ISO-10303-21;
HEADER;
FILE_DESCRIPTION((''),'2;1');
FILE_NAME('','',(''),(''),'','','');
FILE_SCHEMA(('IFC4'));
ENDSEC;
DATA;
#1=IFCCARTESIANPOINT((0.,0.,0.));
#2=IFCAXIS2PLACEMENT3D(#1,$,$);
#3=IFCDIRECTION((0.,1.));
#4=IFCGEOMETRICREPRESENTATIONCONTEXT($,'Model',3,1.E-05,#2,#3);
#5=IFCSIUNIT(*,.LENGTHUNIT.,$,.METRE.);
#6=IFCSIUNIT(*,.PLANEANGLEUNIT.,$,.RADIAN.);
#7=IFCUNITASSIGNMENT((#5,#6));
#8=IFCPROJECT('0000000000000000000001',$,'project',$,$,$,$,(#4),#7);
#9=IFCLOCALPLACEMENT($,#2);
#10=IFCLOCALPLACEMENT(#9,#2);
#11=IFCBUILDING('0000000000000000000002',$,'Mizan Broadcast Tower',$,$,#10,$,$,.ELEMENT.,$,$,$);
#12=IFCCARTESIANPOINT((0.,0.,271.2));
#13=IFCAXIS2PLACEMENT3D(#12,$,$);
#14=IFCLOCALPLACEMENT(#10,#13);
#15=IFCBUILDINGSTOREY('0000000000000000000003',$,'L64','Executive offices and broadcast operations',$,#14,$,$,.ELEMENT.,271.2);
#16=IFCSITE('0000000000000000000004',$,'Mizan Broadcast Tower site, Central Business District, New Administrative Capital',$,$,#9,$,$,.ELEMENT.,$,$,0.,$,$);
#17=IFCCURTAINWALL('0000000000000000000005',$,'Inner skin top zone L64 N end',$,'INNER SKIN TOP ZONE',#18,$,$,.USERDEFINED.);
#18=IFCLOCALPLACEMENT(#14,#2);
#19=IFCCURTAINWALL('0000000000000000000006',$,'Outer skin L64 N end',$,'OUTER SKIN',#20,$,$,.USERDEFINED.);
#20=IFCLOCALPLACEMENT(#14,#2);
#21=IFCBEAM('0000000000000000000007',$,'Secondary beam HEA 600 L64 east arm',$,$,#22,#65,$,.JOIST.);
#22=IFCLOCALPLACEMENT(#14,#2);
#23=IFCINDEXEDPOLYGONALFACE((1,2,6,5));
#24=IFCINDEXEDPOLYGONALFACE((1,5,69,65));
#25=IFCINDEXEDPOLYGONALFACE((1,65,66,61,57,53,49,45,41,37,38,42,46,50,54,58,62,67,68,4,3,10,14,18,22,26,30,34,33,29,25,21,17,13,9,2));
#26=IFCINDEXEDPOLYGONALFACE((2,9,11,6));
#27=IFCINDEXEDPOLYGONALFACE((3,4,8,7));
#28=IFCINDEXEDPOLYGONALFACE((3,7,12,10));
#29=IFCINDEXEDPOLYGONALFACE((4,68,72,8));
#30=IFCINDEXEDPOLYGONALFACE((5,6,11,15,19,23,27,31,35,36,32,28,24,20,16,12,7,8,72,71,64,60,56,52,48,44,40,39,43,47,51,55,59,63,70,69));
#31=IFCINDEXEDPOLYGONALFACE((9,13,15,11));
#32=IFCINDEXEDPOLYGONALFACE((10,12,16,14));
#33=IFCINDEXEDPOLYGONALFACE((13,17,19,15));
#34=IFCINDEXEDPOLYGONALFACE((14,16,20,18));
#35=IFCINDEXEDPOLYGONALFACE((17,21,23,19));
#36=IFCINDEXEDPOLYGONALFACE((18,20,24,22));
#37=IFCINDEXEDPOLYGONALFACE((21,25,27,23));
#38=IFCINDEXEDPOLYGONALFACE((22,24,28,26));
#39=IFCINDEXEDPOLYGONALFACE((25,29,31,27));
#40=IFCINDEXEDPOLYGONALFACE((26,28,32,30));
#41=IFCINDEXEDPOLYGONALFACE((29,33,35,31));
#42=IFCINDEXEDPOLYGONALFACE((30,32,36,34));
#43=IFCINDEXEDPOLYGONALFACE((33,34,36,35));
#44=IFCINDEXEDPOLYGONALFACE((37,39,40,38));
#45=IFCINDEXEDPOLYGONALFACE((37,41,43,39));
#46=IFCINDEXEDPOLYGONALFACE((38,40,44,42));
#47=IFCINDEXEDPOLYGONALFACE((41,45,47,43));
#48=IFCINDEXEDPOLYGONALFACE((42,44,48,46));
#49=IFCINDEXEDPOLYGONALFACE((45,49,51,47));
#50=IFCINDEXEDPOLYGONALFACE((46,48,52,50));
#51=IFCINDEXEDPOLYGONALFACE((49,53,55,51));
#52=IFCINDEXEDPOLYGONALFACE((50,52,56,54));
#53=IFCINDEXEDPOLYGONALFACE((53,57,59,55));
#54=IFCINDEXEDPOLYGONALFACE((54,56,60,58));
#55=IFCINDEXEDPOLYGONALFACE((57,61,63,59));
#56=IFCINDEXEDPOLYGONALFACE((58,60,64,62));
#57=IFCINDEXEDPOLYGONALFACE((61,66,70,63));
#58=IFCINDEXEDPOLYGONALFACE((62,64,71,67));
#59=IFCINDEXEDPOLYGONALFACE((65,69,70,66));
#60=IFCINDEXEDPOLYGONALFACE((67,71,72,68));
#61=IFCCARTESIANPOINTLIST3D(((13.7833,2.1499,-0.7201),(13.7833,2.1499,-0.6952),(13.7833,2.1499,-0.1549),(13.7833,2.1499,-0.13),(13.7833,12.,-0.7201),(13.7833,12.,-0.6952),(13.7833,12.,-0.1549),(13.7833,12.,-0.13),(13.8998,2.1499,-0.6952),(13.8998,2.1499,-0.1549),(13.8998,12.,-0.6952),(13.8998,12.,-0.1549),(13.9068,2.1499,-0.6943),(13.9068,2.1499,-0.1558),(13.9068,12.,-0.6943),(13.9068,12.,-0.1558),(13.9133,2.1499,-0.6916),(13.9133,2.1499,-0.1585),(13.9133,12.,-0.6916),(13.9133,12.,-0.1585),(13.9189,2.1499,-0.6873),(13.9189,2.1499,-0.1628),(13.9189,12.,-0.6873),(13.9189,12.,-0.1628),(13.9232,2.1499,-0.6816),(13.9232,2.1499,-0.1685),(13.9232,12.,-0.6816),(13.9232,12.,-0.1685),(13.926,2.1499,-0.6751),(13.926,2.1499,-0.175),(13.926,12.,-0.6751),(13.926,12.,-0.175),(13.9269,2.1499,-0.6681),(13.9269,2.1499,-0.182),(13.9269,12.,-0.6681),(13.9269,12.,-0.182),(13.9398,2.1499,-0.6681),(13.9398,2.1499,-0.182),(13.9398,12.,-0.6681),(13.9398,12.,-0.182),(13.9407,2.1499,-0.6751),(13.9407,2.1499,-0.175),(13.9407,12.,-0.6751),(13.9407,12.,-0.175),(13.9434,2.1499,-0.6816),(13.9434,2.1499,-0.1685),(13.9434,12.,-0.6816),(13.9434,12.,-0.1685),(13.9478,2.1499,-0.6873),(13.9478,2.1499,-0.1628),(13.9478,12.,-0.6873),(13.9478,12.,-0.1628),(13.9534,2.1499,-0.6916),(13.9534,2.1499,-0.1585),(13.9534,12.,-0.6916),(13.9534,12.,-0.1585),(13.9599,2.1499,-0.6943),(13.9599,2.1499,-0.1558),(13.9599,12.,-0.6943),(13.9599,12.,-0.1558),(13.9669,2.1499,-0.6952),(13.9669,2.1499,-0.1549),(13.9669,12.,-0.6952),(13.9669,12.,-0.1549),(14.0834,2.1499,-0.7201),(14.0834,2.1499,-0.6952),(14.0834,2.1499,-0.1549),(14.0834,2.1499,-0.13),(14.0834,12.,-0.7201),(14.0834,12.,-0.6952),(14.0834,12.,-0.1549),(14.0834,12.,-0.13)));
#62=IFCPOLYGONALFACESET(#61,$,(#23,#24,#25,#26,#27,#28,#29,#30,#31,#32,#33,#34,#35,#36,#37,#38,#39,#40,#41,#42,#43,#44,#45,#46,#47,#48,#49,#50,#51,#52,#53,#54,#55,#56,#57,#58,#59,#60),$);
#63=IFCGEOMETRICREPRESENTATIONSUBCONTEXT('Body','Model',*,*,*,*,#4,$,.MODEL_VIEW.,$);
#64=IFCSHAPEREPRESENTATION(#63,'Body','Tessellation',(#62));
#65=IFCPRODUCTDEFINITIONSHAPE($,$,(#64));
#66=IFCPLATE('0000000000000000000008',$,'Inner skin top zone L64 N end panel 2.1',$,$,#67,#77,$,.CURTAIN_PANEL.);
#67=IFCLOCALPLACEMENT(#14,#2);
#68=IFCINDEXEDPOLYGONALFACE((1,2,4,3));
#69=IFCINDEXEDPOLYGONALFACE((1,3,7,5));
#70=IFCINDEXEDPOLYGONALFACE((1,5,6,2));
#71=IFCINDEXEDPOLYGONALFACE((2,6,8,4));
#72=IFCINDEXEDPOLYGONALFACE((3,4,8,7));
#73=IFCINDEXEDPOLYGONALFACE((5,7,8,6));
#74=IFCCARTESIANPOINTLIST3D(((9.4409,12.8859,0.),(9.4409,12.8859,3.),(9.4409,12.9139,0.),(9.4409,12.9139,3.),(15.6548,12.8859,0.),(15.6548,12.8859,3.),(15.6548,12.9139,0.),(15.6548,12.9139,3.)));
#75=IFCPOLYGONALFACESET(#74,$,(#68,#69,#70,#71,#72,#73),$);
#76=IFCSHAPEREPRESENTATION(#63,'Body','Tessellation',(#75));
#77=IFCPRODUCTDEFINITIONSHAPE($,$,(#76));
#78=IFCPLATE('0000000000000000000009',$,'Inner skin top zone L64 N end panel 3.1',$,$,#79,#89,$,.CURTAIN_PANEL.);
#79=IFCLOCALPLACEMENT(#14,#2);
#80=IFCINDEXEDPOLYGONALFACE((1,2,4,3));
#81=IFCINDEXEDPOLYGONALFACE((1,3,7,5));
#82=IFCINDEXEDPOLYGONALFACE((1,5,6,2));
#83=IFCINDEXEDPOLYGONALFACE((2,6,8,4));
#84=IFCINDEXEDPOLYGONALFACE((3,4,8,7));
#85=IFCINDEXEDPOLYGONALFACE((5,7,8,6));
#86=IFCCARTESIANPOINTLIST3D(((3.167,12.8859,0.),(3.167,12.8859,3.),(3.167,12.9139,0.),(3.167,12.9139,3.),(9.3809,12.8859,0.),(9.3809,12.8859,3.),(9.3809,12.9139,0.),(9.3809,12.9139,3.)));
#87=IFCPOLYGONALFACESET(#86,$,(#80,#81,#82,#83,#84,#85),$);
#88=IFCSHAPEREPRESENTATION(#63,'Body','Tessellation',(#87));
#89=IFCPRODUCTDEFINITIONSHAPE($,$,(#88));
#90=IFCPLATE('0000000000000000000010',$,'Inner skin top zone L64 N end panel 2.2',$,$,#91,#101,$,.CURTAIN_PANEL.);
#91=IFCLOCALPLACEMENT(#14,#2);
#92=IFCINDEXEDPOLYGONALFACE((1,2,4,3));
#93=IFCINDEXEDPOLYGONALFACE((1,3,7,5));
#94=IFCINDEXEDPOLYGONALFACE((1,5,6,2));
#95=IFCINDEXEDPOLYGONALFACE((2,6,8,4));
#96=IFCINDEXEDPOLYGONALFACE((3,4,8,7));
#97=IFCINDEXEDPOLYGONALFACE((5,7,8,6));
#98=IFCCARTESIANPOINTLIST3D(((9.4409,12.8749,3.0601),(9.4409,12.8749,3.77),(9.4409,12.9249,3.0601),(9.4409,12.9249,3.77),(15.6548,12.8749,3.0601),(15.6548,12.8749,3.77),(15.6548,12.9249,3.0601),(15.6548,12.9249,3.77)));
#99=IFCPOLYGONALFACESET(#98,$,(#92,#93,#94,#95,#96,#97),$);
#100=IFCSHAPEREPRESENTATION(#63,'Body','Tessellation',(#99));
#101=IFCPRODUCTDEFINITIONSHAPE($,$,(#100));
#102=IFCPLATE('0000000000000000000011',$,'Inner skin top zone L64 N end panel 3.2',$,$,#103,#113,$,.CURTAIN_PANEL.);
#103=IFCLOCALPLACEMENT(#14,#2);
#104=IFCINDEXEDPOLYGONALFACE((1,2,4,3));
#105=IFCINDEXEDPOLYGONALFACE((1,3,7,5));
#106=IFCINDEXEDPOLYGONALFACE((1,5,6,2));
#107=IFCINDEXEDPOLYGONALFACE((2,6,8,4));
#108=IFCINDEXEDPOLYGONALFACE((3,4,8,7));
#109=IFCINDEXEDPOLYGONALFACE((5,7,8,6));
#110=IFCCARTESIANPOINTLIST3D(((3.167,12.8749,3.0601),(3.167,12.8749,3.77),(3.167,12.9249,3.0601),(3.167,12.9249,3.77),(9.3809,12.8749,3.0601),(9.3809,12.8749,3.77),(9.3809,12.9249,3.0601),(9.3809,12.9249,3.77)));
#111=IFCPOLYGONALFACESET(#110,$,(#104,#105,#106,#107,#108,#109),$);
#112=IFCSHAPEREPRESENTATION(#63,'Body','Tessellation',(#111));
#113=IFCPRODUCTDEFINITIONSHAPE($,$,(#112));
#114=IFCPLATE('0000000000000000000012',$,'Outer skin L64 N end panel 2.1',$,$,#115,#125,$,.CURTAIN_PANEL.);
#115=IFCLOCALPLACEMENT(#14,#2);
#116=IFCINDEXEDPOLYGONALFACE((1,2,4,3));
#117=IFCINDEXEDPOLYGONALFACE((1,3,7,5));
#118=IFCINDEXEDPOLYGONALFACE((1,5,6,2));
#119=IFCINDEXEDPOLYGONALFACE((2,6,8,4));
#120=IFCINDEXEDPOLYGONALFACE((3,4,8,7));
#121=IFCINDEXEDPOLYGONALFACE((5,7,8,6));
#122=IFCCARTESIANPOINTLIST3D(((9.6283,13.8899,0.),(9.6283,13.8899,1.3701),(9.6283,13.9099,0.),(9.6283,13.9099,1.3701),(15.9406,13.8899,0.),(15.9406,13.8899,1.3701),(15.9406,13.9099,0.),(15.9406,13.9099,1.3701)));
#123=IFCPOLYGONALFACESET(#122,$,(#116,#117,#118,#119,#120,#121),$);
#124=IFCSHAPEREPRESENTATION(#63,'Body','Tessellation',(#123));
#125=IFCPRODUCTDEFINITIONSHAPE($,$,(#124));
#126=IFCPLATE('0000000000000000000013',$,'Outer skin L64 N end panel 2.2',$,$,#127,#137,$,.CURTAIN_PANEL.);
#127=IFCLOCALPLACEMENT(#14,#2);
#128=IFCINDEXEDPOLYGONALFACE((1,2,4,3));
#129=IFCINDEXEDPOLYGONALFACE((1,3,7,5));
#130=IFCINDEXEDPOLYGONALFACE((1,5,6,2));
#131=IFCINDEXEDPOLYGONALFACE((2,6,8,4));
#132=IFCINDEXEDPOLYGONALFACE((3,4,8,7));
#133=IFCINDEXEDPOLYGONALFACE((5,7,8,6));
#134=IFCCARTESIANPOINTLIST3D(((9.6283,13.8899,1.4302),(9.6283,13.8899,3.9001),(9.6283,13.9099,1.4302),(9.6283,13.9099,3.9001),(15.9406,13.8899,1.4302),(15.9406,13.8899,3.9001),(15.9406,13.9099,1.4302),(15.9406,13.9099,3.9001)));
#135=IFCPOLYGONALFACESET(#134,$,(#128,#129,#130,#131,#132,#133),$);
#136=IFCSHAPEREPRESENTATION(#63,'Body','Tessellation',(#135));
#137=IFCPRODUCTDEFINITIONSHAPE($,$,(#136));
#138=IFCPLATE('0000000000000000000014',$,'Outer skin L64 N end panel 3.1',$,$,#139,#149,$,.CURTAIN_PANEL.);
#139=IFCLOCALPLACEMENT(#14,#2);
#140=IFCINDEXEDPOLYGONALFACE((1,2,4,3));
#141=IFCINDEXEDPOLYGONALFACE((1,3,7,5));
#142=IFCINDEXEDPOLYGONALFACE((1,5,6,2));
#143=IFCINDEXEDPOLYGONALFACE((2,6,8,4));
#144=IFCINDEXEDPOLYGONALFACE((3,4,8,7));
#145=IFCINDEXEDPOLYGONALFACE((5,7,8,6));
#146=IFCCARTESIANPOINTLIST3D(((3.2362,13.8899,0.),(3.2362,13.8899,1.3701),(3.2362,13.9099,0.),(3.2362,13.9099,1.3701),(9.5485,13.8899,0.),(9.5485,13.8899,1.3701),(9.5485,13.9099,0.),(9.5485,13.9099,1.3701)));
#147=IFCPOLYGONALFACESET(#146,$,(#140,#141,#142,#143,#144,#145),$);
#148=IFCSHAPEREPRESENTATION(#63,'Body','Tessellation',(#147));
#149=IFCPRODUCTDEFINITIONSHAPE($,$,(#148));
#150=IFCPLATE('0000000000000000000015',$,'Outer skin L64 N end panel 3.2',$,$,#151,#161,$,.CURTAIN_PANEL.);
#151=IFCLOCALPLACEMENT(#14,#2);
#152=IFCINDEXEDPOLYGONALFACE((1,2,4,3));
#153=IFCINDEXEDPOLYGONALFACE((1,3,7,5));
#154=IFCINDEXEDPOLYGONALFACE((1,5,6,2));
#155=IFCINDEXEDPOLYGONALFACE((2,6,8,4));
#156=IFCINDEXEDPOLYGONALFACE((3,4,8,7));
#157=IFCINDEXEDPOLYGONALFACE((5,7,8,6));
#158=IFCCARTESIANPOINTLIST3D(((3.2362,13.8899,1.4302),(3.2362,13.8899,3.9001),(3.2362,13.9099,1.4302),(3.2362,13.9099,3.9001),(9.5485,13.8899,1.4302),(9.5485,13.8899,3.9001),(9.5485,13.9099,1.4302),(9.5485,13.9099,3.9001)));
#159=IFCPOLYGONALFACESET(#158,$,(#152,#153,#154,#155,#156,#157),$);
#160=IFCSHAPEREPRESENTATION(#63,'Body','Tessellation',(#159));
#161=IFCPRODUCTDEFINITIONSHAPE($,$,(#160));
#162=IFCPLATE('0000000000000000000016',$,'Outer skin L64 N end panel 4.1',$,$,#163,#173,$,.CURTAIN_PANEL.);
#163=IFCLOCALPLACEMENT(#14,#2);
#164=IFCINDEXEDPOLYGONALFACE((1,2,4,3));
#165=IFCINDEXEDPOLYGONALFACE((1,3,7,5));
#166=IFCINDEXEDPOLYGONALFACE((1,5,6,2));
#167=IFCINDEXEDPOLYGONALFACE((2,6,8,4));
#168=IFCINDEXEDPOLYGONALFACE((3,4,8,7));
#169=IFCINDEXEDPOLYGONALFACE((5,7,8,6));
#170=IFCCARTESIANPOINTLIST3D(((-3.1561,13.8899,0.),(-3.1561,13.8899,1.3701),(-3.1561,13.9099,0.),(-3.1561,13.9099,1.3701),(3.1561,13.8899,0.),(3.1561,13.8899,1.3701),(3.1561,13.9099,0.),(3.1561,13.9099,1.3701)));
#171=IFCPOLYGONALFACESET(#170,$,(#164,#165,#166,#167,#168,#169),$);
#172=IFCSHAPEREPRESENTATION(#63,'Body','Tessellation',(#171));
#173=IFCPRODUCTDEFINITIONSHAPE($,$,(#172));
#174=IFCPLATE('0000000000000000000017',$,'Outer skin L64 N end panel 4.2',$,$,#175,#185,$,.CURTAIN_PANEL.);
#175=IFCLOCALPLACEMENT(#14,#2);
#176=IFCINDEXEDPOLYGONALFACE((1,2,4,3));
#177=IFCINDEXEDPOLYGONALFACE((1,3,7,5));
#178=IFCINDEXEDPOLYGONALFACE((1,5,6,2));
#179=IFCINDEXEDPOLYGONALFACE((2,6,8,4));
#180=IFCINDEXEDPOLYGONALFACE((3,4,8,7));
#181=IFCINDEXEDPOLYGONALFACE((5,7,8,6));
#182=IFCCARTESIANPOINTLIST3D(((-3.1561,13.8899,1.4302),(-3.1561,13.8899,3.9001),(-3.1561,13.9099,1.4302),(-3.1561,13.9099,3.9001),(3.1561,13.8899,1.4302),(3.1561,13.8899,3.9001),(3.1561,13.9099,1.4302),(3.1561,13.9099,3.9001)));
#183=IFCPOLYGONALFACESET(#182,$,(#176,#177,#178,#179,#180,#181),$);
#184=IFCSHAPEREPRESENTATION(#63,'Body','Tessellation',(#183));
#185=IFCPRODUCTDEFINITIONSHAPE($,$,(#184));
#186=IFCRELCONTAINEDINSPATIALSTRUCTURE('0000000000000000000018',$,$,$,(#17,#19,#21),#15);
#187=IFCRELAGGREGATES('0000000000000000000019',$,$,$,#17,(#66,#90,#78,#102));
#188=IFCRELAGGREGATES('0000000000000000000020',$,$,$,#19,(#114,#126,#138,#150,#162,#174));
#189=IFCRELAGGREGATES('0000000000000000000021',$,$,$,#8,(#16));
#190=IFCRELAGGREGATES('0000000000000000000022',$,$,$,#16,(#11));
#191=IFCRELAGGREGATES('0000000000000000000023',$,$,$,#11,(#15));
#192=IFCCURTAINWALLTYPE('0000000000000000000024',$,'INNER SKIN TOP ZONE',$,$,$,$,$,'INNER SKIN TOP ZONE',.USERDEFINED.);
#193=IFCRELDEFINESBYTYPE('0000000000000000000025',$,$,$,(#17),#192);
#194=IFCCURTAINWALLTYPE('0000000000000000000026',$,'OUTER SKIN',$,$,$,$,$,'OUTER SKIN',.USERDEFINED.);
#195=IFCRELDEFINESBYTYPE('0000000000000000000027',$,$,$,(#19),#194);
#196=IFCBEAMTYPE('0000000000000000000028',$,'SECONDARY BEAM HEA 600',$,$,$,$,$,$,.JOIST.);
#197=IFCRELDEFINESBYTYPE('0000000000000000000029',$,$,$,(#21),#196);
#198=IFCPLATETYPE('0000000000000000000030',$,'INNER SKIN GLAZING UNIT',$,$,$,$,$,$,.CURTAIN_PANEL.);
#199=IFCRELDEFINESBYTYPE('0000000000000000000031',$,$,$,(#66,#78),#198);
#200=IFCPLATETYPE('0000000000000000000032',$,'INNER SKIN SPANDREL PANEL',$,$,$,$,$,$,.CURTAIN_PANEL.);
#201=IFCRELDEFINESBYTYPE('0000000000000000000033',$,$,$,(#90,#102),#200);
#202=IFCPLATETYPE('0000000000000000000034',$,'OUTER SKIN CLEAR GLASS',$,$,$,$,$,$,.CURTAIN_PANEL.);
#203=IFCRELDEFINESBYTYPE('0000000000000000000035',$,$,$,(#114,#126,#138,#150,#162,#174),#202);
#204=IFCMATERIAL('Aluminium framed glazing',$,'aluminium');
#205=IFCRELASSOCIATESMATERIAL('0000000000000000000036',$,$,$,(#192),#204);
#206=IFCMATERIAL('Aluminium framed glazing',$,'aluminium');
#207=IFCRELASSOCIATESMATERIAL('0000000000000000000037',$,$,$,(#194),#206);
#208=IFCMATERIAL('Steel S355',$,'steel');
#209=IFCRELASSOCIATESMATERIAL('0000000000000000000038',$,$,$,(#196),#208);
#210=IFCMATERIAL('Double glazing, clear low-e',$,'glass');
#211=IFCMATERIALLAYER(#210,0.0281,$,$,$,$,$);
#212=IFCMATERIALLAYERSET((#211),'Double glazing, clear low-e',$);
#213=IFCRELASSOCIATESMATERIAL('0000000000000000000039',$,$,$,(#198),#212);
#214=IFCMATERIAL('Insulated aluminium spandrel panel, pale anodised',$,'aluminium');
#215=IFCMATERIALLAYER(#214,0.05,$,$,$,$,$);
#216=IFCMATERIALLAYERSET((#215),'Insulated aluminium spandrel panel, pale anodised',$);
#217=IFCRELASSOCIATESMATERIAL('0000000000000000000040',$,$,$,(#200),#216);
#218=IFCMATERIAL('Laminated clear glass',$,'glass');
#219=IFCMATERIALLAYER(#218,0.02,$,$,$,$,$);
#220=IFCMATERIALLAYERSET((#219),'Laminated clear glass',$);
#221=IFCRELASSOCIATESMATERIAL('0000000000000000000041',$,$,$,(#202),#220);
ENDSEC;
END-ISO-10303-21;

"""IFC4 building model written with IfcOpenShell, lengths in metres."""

from ifc_helpers import new_model, si_unit, direction, frame, origin, origin_2d, place, context, subcontext, project, spatial, rectangle, i_section, extrude, material, layer, layer_set, material_profile, profile_set, type_object, element, aggregate, save


model = new_model("IFC4")

# Units and contexts
model_context = context("Model", 3, precision=1e-05, world=origin(), true_north=direction((0.0, 1.0)))
body_context = subcontext(model_context, "Body", "Model", "MODEL_VIEW")
ifc_project = project(units=[si_unit("LENGTHUNIT", "METRE"), si_unit("PLANEANGLEUNIT", "RADIAN")], contexts=[model_context])

# Site, building, storey
site_placement = place(None, origin())
site = spatial("IfcSite", under=ifc_project, at=site_placement, Name="Mizan Broadcast Tower site, Central Business District, New Administrative Capital", CompositionType="ELEMENT", RefElevation=0.0)
building_placement = place(site_placement, origin())
building = spatial("IfcBuilding", under=site, at=building_placement, Name="Mizan Broadcast Tower", CompositionType="ELEMENT")
storey_placement = place(building_placement, frame((0.0, 0.0, 271.2)))
storey = spatial("IfcBuildingStorey", under=building, at=storey_placement, Name="L64", Description="Executive offices and broadcast operations", CompositionType="ELEMENT", Elevation=271.2)

# Curtain walls
ifc_material_1 = material(Name="Aluminium framed glazing", Category="aluminium")
curtain_wall_type_1 = type_object("IfcCurtainWallType", Name="INNER SKIN TOP ZONE", ElementType="INNER SKIN TOP ZONE", PredefinedType="USERDEFINED", material=ifc_material_1)
curtain_wall_1_placement = place(storey_placement, origin())
curtain_wall_1 = element("IfcCurtainWall", 1, at=curtain_wall_1_placement, inside=storey, type_object=curtain_wall_type_1, Name="Inner skin top zone L64 N end", ObjectType="INNER SKIN TOP ZONE", PredefinedType="USERDEFINED")
ifc_material_2 = material(Name="Aluminium framed glazing", Category="aluminium")
curtain_wall_type_2 = type_object("IfcCurtainWallType", Name="OUTER SKIN", ElementType="OUTER SKIN", PredefinedType="USERDEFINED", material=ifc_material_2)
curtain_wall_2_placement = place(storey_placement, origin())
curtain_wall_2 = element("IfcCurtainWall", 2, at=curtain_wall_2_placement, inside=storey, type_object=curtain_wall_type_2, Name="Outer skin L64 N end", ObjectType="OUTER SKIN", PredefinedType="USERDEFINED")

# Beam
ifc_material_3 = material(Name="Steel S355", Category="steel")
ifc_material_profile_1 = material_profile(ifc_material_3, i_section(OverallWidth=0.3, OverallDepth=0.5901, WebThickness=0.0129, FlangeThickness=0.0249, FilletRadius=0.0271, at=origin_2d()), Name="HEA 600")
ifc_profile_set_1 = profile_set([ifc_material_profile_1], Name="Steel S355")
beam_type_1 = type_object("IfcBeamType", Name="SECONDARY BEAM HEA 600", PredefinedType="JOIST", material=ifc_profile_set_1)
beam_1_placement = place(storey_placement, frame((13.9333, 12.0, -0.425), z_axis=(0.0, -1.0, 0.0), x_axis=(1.0, 0.0, 0.0)))
element("IfcBeam", 3, at=beam_1_placement, inside=storey, type_object=beam_type_1, Name="Secondary beam HEA 600 L64 east arm", PredefinedType="JOIST", context=body_context, shape_type="SweptSolid", body=[
    extrude(i_section(OverallWidth=0.3, OverallDepth=0.5901, WebThickness=0.0129, FlangeThickness=0.0249, FilletRadius=0.0271, at=origin_2d()), origin(), (0.0, 0.0, 1.0), 9.8501),
])

# Plates
ifc_material_4 = material(Name="Double glazing, clear low-e", Category="glass")
ifc_layer_1 = layer(ifc_material_4, 0.0281)
ifc_layer_set_1 = layer_set([ifc_layer_1], Name="Double glazing, clear low-e")
plate_type_1 = type_object("IfcPlateType", Name="INNER SKIN GLAZING UNIT", PredefinedType="CURTAIN_PANEL", material=ifc_layer_set_1)
plate_1_placement = place(storey_placement, frame((12.5479, 12.8999, 0.0), z_axis=(0.0, 0.0, 1.0), x_axis=(-1.0, 0.0, 0.0)))
plate_1 = element("IfcPlate", 4, at=plate_1_placement, type_object=plate_type_1, Name="Inner skin top zone L64 N end panel 2.1", PredefinedType="CURTAIN_PANEL", context=body_context, shape_type="SweptSolid", body=[
    extrude(rectangle(XDim=6.2139, YDim=0.0281, at=origin_2d()), origin(), (0.0, 0.0, 1.0), 3.0),
])
plate_2_placement = place(storey_placement, frame((6.2739, 12.8999, 0.0), z_axis=(0.0, 0.0, 1.0), x_axis=(-1.0, 0.0, 0.0)))
plate_2 = element("IfcPlate", 5, at=plate_2_placement, type_object=plate_type_1, Name="Inner skin top zone L64 N end panel 3.1", PredefinedType="CURTAIN_PANEL", context=body_context, shape_type="SweptSolid", body=[
    extrude(rectangle(XDim=6.2139, YDim=0.0281, at=origin_2d()), origin(), (0.0, 0.0, 1.0), 3.0),
])
ifc_material_5 = material(Name="Insulated aluminium spandrel panel, pale anodised", Category="aluminium")
ifc_layer_2 = layer(ifc_material_5, 0.05)
ifc_layer_set_2 = layer_set([ifc_layer_2], Name="Insulated aluminium spandrel panel, pale anodised")
plate_type_2 = type_object("IfcPlateType", Name="INNER SKIN SPANDREL PANEL", PredefinedType="CURTAIN_PANEL", material=ifc_layer_set_2)
plate_3_placement = place(storey_placement, frame((12.5479, 12.8999, 3.0601), z_axis=(0.0, 0.0, 1.0), x_axis=(-1.0, 0.0, 0.0)))
plate_3 = element("IfcPlate", 6, at=plate_3_placement, type_object=plate_type_2, Name="Inner skin top zone L64 N end panel 2.2", PredefinedType="CURTAIN_PANEL", context=body_context, shape_type="SweptSolid", body=[
    extrude(rectangle(XDim=6.2139, YDim=0.05, at=origin_2d()), origin(), (0.0, 0.0, 1.0), 0.71),
])
plate_4_placement = place(storey_placement, frame((6.2739, 12.8999, 3.0601), z_axis=(0.0, 0.0, 1.0), x_axis=(-1.0, 0.0, 0.0)))
plate_4 = element("IfcPlate", 7, at=plate_4_placement, type_object=plate_type_2, Name="Inner skin top zone L64 N end panel 3.2", PredefinedType="CURTAIN_PANEL", context=body_context, shape_type="SweptSolid", body=[
    extrude(rectangle(XDim=6.2139, YDim=0.05, at=origin_2d()), origin(), (0.0, 0.0, 1.0), 0.71),
])
aggregate(curtain_wall_1, [plate_1, plate_3, plate_2, plate_4])
ifc_material_6 = material(Name="Laminated clear glass", Category="glass")
ifc_layer_3 = layer(ifc_material_6, 0.02)
ifc_layer_set_3 = layer_set([ifc_layer_3], Name="Laminated clear glass")
plate_type_3 = type_object("IfcPlateType", Name="OUTER SKIN CLEAR GLASS", PredefinedType="CURTAIN_PANEL", material=ifc_layer_set_3)
plate_5_placement = place(storey_placement, frame((12.7844, 13.8999, 0.0), z_axis=(0.0, 0.0, 1.0), x_axis=(-1.0, 0.0, 0.0)))
plate_5 = element("IfcPlate", 8, at=plate_5_placement, type_object=plate_type_3, Name="Outer skin L64 N end panel 2.1", PredefinedType="CURTAIN_PANEL", context=body_context, shape_type="SweptSolid", body=[
    extrude(rectangle(XDim=6.3123, YDim=0.02, at=origin_2d()), origin(), (0.0, 0.0, 1.0), 1.3701),
])
plate_6_placement = place(storey_placement, frame((12.7844, 13.8999, 1.4302), z_axis=(0.0, 0.0, 1.0), x_axis=(-1.0, 0.0, 0.0)))
plate_6 = element("IfcPlate", 9, at=plate_6_placement, type_object=plate_type_3, Name="Outer skin L64 N end panel 2.2", PredefinedType="CURTAIN_PANEL", context=body_context, shape_type="SweptSolid", body=[
    extrude(rectangle(XDim=6.3123, YDim=0.02, at=origin_2d()), origin(), (0.0, 0.0, 1.0), 2.47),
])
plate_7_placement = place(storey_placement, frame((6.3923, 13.8999, 0.0), z_axis=(0.0, 0.0, 1.0), x_axis=(-1.0, 0.0, 0.0)))
plate_7 = element("IfcPlate", 10, at=plate_7_placement, type_object=plate_type_3, Name="Outer skin L64 N end panel 3.1", PredefinedType="CURTAIN_PANEL", context=body_context, shape_type="SweptSolid", body=[
    extrude(rectangle(XDim=6.3123, YDim=0.02, at=origin_2d()), origin(), (0.0, 0.0, 1.0), 1.3701),
])
plate_8_placement = place(storey_placement, frame((6.3923, 13.8999, 1.4302), z_axis=(0.0, 0.0, 1.0), x_axis=(-1.0, 0.0, 0.0)))
plate_8 = element("IfcPlate", 11, at=plate_8_placement, type_object=plate_type_3, Name="Outer skin L64 N end panel 3.2", PredefinedType="CURTAIN_PANEL", context=body_context, shape_type="SweptSolid", body=[
    extrude(rectangle(XDim=6.3123, YDim=0.02, at=origin_2d()), origin(), (0.0, 0.0, 1.0), 2.47),
])
plate_9_placement = place(storey_placement, frame((0.0, 13.8999, 0.0), z_axis=(0.0, 0.0, 1.0), x_axis=(-1.0, 0.0, 0.0)))
plate_9 = element("IfcPlate", 12, at=plate_9_placement, type_object=plate_type_3, Name="Outer skin L64 N end panel 4.1", PredefinedType="CURTAIN_PANEL", context=body_context, shape_type="SweptSolid", body=[
    extrude(rectangle(XDim=6.3123, YDim=0.02, at=origin_2d()), origin(), (0.0, 0.0, 1.0), 1.3701),
])
plate_10_placement = place(storey_placement, frame((0.0, 13.8999, 1.4302), z_axis=(0.0, 0.0, 1.0), x_axis=(-1.0, 0.0, 0.0)))
plate_10 = element("IfcPlate", 13, at=plate_10_placement, type_object=plate_type_3, Name="Outer skin L64 N end panel 4.2", PredefinedType="CURTAIN_PANEL", context=body_context, shape_type="SweptSolid", body=[
    extrude(rectangle(XDim=6.3123, YDim=0.02, at=origin_2d()), origin(), (0.0, 0.0, 1.0), 2.47),
])
aggregate(curtain_wall_2, [plate_5, plate_6, plate_7, plate_8, plate_9, plate_10])

save(model, "model.ifc")
